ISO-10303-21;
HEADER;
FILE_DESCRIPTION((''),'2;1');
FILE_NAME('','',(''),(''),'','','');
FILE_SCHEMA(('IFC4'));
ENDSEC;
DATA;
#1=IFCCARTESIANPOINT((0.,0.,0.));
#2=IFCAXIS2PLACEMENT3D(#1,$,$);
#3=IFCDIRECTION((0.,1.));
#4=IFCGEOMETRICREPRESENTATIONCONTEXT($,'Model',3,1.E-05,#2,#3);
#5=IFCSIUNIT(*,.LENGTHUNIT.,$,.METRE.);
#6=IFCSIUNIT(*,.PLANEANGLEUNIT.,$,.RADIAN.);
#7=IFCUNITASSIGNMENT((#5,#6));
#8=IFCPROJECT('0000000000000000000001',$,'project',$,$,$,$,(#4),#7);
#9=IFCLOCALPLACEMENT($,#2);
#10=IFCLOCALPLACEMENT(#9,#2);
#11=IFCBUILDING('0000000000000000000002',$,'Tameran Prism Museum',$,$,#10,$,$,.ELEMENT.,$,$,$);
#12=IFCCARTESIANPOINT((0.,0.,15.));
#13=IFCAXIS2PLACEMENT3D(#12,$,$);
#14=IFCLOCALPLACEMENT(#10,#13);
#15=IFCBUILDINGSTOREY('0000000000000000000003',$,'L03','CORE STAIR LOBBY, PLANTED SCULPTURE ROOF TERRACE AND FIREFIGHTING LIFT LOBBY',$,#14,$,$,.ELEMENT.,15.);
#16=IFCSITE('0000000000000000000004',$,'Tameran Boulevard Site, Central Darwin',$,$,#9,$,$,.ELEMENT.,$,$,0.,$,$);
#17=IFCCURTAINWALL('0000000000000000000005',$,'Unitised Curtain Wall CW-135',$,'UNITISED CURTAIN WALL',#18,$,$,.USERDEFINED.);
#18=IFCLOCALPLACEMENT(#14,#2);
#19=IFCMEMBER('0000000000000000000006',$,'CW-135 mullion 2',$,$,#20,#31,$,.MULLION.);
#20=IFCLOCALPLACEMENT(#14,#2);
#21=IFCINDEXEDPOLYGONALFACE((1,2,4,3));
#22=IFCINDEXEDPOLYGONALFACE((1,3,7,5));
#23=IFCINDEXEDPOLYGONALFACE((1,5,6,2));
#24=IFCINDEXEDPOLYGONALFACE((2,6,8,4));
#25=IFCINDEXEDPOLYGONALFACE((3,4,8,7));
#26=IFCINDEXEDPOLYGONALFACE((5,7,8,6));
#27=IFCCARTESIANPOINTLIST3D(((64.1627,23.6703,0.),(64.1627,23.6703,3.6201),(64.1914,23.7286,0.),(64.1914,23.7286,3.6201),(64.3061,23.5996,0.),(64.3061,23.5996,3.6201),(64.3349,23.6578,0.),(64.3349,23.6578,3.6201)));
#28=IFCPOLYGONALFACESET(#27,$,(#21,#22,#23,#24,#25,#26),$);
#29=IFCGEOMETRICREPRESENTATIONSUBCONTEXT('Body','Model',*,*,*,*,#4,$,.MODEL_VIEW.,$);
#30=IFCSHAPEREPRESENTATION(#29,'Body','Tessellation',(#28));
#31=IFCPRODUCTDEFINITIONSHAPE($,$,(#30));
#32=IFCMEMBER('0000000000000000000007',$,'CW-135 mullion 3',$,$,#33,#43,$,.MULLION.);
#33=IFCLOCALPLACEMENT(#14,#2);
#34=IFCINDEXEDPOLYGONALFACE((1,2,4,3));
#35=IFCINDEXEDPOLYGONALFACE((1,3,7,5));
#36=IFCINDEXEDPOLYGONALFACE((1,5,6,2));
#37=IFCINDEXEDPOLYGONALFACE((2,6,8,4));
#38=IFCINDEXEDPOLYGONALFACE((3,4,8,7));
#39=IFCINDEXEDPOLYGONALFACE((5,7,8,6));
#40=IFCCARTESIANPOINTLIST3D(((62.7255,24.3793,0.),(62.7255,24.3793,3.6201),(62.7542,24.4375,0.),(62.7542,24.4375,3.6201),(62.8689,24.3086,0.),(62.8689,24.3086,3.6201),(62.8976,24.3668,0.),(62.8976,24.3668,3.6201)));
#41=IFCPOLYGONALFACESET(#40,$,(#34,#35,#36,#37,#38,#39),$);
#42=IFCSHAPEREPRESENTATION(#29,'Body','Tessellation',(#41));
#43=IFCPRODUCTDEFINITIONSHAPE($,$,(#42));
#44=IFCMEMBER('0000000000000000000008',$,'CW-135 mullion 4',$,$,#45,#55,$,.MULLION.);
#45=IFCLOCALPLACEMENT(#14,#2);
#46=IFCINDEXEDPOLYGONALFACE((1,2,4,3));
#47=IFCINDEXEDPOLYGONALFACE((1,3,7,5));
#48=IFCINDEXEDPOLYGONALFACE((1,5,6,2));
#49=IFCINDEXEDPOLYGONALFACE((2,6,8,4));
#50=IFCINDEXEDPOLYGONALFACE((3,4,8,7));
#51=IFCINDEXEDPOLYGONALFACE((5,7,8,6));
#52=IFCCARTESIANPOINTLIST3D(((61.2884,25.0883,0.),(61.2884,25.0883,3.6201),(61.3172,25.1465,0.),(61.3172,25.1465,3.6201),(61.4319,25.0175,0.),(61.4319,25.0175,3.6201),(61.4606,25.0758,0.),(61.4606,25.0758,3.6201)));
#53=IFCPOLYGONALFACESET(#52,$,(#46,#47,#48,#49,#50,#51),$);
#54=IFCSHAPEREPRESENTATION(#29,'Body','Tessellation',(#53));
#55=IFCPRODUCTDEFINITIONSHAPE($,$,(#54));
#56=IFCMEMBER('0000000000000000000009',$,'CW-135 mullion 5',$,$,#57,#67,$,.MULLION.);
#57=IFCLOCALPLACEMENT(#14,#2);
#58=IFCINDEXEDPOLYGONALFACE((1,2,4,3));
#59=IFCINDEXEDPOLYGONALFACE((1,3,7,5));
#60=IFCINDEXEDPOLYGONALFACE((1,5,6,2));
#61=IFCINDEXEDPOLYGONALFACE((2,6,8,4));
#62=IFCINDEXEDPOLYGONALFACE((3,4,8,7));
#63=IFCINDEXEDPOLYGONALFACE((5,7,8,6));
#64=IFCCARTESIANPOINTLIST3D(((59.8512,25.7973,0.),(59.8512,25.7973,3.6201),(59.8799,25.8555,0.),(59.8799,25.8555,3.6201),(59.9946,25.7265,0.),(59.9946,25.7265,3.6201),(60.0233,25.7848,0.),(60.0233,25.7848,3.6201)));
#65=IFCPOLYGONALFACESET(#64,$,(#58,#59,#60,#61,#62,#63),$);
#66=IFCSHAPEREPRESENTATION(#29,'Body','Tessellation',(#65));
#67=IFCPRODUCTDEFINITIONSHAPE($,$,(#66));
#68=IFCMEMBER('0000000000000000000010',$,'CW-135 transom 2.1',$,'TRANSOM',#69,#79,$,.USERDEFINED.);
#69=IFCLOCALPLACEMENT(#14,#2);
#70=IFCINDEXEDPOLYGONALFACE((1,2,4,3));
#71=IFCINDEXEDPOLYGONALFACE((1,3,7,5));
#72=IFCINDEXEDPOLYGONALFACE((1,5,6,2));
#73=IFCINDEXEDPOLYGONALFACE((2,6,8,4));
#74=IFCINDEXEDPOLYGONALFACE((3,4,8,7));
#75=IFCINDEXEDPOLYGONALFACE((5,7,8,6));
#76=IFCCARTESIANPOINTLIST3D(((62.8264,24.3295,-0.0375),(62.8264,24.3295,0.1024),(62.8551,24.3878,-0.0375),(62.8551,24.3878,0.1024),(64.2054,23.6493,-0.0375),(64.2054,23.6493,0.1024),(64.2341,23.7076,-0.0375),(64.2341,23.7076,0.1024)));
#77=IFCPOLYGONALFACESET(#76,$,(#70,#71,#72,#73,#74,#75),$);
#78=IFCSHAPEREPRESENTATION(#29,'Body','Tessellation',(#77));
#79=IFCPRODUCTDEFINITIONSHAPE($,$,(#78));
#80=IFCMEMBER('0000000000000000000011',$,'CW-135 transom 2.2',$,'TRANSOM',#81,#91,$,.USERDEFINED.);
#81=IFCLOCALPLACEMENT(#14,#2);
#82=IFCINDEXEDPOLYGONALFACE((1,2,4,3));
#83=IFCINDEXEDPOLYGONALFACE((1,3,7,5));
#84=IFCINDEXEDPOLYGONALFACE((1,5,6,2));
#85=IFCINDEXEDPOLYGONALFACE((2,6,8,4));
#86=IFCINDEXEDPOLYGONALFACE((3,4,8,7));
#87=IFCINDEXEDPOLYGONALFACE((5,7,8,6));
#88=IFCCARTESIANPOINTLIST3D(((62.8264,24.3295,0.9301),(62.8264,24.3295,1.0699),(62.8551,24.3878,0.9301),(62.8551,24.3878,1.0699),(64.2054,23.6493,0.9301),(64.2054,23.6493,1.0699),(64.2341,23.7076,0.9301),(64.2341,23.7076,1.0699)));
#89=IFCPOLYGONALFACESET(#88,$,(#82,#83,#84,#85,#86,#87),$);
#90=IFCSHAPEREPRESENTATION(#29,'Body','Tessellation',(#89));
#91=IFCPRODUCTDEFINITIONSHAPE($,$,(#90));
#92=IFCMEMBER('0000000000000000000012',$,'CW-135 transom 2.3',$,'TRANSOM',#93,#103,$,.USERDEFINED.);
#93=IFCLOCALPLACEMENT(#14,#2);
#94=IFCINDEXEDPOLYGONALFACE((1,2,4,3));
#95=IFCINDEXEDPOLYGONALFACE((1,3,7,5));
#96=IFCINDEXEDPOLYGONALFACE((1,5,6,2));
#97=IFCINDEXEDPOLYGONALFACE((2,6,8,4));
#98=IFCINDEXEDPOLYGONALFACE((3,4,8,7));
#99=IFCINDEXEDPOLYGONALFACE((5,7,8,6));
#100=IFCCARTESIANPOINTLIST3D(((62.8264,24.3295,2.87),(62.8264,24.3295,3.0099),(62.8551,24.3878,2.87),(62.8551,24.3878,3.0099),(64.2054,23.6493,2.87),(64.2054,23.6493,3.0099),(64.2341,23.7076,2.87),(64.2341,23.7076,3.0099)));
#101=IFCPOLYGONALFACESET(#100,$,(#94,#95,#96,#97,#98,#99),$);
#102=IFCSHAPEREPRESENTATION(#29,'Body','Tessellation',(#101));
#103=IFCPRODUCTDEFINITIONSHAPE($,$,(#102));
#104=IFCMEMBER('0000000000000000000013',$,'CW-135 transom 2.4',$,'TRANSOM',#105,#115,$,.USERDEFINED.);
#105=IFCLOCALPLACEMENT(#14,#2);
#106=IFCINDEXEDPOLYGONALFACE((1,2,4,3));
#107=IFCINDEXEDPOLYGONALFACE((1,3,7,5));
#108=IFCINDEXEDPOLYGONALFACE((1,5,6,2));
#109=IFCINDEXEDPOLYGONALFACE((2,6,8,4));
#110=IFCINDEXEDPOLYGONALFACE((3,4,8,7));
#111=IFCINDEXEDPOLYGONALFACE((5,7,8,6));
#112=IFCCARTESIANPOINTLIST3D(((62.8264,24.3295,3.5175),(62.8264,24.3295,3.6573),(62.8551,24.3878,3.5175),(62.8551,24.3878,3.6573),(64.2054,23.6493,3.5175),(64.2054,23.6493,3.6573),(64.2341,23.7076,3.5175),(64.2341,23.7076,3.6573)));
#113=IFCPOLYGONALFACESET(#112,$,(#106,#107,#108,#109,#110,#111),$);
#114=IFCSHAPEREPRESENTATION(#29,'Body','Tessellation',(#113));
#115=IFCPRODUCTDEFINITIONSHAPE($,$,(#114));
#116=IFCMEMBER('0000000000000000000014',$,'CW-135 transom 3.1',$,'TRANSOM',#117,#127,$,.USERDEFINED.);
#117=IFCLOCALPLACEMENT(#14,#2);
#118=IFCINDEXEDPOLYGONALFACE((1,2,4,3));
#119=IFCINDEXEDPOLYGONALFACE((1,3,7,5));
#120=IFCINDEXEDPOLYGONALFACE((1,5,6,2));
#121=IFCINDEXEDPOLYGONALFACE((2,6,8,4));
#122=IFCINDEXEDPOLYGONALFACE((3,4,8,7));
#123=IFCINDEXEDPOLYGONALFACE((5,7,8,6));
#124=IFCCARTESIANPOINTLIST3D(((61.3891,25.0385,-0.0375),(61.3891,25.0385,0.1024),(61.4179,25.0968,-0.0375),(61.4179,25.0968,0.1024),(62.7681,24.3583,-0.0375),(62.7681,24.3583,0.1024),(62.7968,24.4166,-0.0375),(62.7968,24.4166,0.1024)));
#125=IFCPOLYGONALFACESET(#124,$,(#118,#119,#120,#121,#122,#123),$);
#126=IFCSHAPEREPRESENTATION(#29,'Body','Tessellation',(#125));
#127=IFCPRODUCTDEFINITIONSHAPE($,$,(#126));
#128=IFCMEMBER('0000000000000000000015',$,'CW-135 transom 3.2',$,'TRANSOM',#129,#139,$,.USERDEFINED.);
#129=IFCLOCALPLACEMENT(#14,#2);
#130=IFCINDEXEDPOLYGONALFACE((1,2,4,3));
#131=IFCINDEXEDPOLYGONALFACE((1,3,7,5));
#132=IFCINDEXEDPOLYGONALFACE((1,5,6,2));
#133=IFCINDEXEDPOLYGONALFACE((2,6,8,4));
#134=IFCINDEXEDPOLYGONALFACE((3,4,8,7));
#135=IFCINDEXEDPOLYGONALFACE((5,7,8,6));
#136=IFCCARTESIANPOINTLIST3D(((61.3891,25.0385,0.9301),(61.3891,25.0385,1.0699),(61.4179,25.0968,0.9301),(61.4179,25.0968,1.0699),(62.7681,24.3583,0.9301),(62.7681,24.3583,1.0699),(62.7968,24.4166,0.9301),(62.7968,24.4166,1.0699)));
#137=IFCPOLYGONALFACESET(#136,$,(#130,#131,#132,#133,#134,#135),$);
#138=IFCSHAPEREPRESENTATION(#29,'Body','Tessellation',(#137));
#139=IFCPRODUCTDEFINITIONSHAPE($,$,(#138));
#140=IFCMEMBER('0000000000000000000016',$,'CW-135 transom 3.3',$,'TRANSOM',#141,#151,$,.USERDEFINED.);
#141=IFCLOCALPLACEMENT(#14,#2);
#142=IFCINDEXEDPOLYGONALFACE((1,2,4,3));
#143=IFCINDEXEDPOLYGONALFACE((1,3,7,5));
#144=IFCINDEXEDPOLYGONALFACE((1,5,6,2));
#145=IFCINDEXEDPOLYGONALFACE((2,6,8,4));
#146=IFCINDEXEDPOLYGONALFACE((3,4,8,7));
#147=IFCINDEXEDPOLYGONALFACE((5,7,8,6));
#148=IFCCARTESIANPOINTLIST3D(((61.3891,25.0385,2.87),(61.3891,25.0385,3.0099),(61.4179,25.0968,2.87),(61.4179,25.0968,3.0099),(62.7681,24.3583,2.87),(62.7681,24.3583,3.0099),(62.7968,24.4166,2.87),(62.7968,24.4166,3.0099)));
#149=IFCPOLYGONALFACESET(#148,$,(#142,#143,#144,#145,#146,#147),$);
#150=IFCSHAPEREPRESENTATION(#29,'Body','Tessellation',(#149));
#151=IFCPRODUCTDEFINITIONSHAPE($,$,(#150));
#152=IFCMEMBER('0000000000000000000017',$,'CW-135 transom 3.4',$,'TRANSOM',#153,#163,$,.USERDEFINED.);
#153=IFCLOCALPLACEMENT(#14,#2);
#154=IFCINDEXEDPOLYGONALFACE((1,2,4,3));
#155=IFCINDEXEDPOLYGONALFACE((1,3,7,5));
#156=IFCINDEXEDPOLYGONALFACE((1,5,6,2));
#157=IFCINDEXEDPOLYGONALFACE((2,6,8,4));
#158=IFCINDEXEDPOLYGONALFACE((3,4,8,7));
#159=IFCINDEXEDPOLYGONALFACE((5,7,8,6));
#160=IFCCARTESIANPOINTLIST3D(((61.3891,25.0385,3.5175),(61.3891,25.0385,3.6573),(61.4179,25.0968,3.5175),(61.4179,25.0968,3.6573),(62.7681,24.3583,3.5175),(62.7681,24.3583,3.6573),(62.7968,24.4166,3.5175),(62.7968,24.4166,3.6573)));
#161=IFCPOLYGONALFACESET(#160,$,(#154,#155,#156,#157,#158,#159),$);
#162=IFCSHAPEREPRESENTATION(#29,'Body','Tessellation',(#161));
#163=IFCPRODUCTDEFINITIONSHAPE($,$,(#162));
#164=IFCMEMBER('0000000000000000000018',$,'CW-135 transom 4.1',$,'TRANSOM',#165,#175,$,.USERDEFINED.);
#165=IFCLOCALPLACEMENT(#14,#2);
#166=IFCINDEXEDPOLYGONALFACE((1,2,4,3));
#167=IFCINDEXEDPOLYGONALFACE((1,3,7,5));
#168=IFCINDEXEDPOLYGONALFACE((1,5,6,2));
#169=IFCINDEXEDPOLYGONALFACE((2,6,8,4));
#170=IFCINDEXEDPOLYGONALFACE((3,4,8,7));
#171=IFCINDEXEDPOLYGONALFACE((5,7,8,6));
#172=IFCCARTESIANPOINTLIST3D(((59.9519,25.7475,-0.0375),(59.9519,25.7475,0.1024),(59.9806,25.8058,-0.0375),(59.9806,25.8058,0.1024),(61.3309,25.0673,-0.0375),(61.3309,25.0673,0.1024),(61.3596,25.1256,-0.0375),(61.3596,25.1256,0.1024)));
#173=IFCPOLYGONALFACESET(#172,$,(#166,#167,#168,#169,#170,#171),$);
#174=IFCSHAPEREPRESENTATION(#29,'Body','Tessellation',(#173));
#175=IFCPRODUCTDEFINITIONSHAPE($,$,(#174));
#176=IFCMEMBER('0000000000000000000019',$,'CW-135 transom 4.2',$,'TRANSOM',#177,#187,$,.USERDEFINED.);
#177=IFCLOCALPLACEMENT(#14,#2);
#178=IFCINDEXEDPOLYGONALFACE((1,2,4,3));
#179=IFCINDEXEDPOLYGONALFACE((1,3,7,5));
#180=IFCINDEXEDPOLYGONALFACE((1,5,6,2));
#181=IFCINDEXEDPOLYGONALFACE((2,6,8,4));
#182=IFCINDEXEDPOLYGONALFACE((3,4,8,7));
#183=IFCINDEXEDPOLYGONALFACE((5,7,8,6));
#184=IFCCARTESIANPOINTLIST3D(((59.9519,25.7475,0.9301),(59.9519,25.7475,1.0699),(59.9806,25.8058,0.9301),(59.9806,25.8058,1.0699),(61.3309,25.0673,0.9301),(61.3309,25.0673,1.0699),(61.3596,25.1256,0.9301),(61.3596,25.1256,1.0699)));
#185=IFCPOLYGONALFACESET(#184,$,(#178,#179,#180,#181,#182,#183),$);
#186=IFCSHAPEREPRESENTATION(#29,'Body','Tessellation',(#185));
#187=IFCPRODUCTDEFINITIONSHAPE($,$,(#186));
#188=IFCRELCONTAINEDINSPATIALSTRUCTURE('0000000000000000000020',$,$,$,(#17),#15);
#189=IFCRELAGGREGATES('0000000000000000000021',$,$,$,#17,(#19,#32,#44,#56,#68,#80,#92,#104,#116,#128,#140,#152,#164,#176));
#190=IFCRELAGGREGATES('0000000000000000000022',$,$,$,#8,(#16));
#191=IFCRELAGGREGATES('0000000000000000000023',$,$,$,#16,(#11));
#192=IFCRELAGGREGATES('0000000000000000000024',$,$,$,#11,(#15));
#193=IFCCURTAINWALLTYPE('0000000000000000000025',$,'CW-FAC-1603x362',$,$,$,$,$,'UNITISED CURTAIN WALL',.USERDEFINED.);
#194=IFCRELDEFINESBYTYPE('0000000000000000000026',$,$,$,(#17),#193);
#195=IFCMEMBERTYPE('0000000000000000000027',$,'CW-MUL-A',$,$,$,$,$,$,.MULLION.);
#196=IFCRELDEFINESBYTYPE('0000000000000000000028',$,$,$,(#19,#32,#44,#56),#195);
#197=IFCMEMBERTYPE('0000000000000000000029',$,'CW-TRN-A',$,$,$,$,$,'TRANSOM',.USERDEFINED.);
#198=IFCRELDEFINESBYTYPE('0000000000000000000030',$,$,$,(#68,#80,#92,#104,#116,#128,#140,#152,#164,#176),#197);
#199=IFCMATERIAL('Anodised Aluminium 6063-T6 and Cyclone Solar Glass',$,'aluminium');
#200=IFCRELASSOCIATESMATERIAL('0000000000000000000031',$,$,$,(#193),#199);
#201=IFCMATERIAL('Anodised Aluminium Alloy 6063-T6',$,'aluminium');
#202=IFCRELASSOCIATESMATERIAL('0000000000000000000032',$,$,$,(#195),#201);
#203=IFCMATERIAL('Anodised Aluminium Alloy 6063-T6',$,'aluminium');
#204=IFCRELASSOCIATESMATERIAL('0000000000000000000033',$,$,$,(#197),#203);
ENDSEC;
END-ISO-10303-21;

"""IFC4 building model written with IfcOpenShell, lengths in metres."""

from ifc_helpers import new_model, si_unit, direction, frame, origin, origin_2d, place, context, subcontext, project, spatial, rectangle, extrude, material, material_profile, profile_set, type_object, element, aggregate, save


model = new_model("IFC4")

# Units and contexts
model_context = context("Model", 3, precision=1e-05, world=origin(), true_north=direction((0.0, 1.0)))
body_context = subcontext(model_context, "Body", "Model", "MODEL_VIEW")
ifc_project = project(units=[si_unit("LENGTHUNIT", "METRE"), si_unit("PLANEANGLEUNIT", "RADIAN")], contexts=[model_context])

# Site, building, storey
site_placement = place(None, origin())
site = spatial("IfcSite", under=ifc_project, at=site_placement, Name="Tameran Boulevard Site, Central Darwin", CompositionType="ELEMENT", RefElevation=0.0)
building_placement = place(site_placement, origin())
building = spatial("IfcBuilding", under=site, at=building_placement, Name="Tameran Prism Museum", CompositionType="ELEMENT")
storey_placement = place(building_placement, frame((0.0, 0.0, 15.0)))
storey = spatial("IfcBuildingStorey", under=building, at=storey_placement, Name="L03", Description="CORE STAIR LOBBY, PLANTED SCULPTURE ROOF TERRACE AND FIREFIGHTING LIFT LOBBY", CompositionType="ELEMENT", Elevation=15.0)

# Curtain wall, members
ifc_material_1 = material(Name="Anodised Aluminium 6063-T6 and Cyclone Solar Glass", Category="aluminium")
curtain_wall_type = type_object("IfcCurtainWallType", Name="CW-FAC-1603x362", ElementType="UNITISED CURTAIN WALL", PredefinedType="USERDEFINED", material=ifc_material_1)
curtain_wall_placement = place(storey_placement, origin())
curtain_wall = element("IfcCurtainWall", 1, at=curtain_wall_placement, inside=storey, type_object=curtain_wall_type, Name="Unitised Curtain Wall CW-135", ObjectType="UNITISED CURTAIN WALL", PredefinedType="USERDEFINED")
ifc_material_2 = material(Name="Anodised Aluminium Alloy 6063-T6", Category="aluminium")
ifc_material_profile_1 = material_profile(ifc_material_2, rectangle(XDim=0.0649, YDim=0.1599, at=origin_2d()))
ifc_profile_set_1 = profile_set([ifc_material_profile_1])
member_type_1 = type_object("IfcMemberType", Name="CW-MUL-A", PredefinedType="MULLION", material=ifc_profile_set_1)
member_1_placement = place(storey_placement, frame((64.2488, 23.6641, 0.0), z_axis=(0.0, 0.0, 1.0), x_axis=(-0.442415, -0.896811, 0.0)))
member_1 = element("IfcMember", 2, at=member_1_placement, type_object=member_type_1, Name="CW-135 mullion 2", PredefinedType="MULLION", context=body_context, shape_type="SweptSolid", body=[
    extrude(rectangle(XDim=0.0649, YDim=0.1599, at=origin_2d()), origin(), (0.0, 0.0, 1.0), 3.6201),
])
member_2_placement = place(storey_placement, frame((62.8115, 24.373, 0.0), z_axis=(0.0, 0.0, 1.0), x_axis=(-0.442415, -0.896811, 0.0)))
member_2 = element("IfcMember", 3, at=member_2_placement, type_object=member_type_1, Name="CW-135 mullion 3", PredefinedType="MULLION", context=body_context, shape_type="SweptSolid", body=[
    extrude(rectangle(XDim=0.0649, YDim=0.1599, at=origin_2d()), origin(), (0.0, 0.0, 1.0), 3.6201),
])
member_3_placement = place(storey_placement, frame((61.3745, 25.082, 0.0), z_axis=(0.0, 0.0, 1.0), x_axis=(-0.442415, -0.896811, 0.0)))
member_3 = element("IfcMember", 4, at=member_3_placement, type_object=member_type_1, Name="CW-135 mullion 4", PredefinedType="MULLION", context=body_context, shape_type="SweptSolid", body=[
    extrude(rectangle(XDim=0.0649, YDim=0.1599, at=origin_2d()), origin(), (0.0, 0.0, 1.0), 3.6201),
])
member_4_placement = place(storey_placement, frame((59.9373, 25.791, 0.0), z_axis=(0.0, 0.0, 1.0), x_axis=(-0.442415, -0.896811, 0.0)))
member_4 = element("IfcMember", 5, at=member_4_placement, type_object=member_type_1, Name="CW-135 mullion 5", PredefinedType="MULLION", context=body_context, shape_type="SweptSolid", body=[
    extrude(rectangle(XDim=0.0649, YDim=0.1599, at=origin_2d()), origin(), (0.0, 0.0, 1.0), 3.6201),
])
ifc_material_3 = material(Name="Anodised Aluminium Alloy 6063-T6", Category="aluminium")
ifc_material_profile_2 = material_profile(ifc_material_3, rectangle(XDim=0.0649, YDim=0.1399, at=origin_2d()))
ifc_profile_set_2 = profile_set([ifc_material_profile_2])
member_type_2 = type_object("IfcMemberType", Name="CW-TRN-A", ElementType="TRANSOM", PredefinedType="USERDEFINED", material=ifc_profile_set_2)
member_5_placement = place(storey_placement, frame((64.2197, 23.6785, 0.0325), z_axis=(-0.896828, 0.44238, 0.0), x_axis=(-0.44238, -0.896828, 0.0)))
member_5 = element("IfcMember", 6, at=member_5_placement, type_object=member_type_2, Name="CW-135 transom 2.1", ObjectType="TRANSOM", PredefinedType="USERDEFINED", context=body_context, shape_type="SweptSolid", body=[
    extrude(rectangle(XDim=0.0649, YDim=0.1399, at=origin_2d()), origin(), (0.0, 0.0, 1.0), 1.5376),
])
member_6_placement = place(storey_placement, frame((64.2197, 23.6785, 1.0), z_axis=(-0.896828, 0.44238, 0.0), x_axis=(-0.44238, -0.896828, 0.0)))
member_6 = element("IfcMember", 7, at=member_6_placement, type_object=member_type_2, Name="CW-135 transom 2.2", ObjectType="TRANSOM", PredefinedType="USERDEFINED", context=body_context, shape_type="SweptSolid", body=[
    extrude(rectangle(XDim=0.0649, YDim=0.1399, at=origin_2d()), origin(), (0.0, 0.0, 1.0), 1.5376),
])
member_7_placement = place(storey_placement, frame((64.2197, 23.6785, 2.9399), z_axis=(-0.896828, 0.44238, 0.0), x_axis=(-0.44238, -0.896828, 0.0)))
member_7 = element("IfcMember", 8, at=member_7_placement, type_object=member_type_2, Name="CW-135 transom 2.3", ObjectType="TRANSOM", PredefinedType="USERDEFINED", context=body_context, shape_type="SweptSolid", body=[
    extrude(rectangle(XDim=0.0649, YDim=0.1399, at=origin_2d()), origin(), (0.0, 0.0, 1.0), 1.5376),
])
member_8_placement = place(storey_placement, frame((64.2197, 23.6785, 3.5874), z_axis=(-0.896828, 0.44238, 0.0), x_axis=(-0.44238, -0.896828, 0.0)))
member_8 = element("IfcMember", 9, at=member_8_placement, type_object=member_type_2, Name="CW-135 transom 2.4", ObjectType="TRANSOM", PredefinedType="USERDEFINED", context=body_context, shape_type="SweptSolid", body=[
    extrude(rectangle(XDim=0.0649, YDim=0.1399, at=origin_2d()), origin(), (0.0, 0.0, 1.0), 1.5376),
])
member_9_placement = place(storey_placement, frame((62.7825, 24.3875, 0.0325), z_axis=(-0.896828, 0.44238, 0.0), x_axis=(-0.44238, -0.896828, 0.0)))
member_9 = element("IfcMember", 10, at=member_9_placement, type_object=member_type_2, Name="CW-135 transom 3.1", ObjectType="TRANSOM", PredefinedType="USERDEFINED", context=body_context, shape_type="SweptSolid", body=[
    extrude(rectangle(XDim=0.0649, YDim=0.1399, at=origin_2d()), origin(), (0.0, 0.0, 1.0), 1.5376),
])
member_10_placement = place(storey_placement, frame((62.7825, 24.3875, 1.0), z_axis=(-0.896828, 0.44238, 0.0), x_axis=(-0.44238, -0.896828, 0.0)))
member_10 = element("IfcMember", 11, at=member_10_placement, type_object=member_type_2, Name="CW-135 transom 3.2", ObjectType="TRANSOM", PredefinedType="USERDEFINED", context=body_context, shape_type="SweptSolid", body=[
    extrude(rectangle(XDim=0.0649, YDim=0.1399, at=origin_2d()), origin(), (0.0, 0.0, 1.0), 1.5376),
])
member_11_placement = place(storey_placement, frame((62.7825, 24.3875, 2.9399), z_axis=(-0.896828, 0.44238, 0.0), x_axis=(-0.44238, -0.896828, 0.0)))
member_11 = element("IfcMember", 12, at=member_11_placement, type_object=member_type_2, Name="CW-135 transom 3.3", ObjectType="TRANSOM", PredefinedType="USERDEFINED", context=body_context, shape_type="SweptSolid", body=[
    extrude(rectangle(XDim=0.0649, YDim=0.1399, at=origin_2d()), origin(), (0.0, 0.0, 1.0), 1.5376),
])
member_12_placement = place(storey_placement, frame((62.7825, 24.3875, 3.5874), z_axis=(-0.896828, 0.44238, 0.0), x_axis=(-0.44238, -0.896828, 0.0)))
member_12 = element("IfcMember", 13, at=member_12_placement, type_object=member_type_2, Name="CW-135 transom 3.4", ObjectType="TRANSOM", PredefinedType="USERDEFINED", context=body_context, shape_type="SweptSolid", body=[
    extrude(rectangle(XDim=0.0649, YDim=0.1399, at=origin_2d()), origin(), (0.0, 0.0, 1.0), 1.5376),
])
member_13_placement = place(storey_placement, frame((61.3452, 25.0964, 0.0325), z_axis=(-0.896828, 0.44238, 0.0), x_axis=(-0.44238, -0.896828, 0.0)))
member_13 = element("IfcMember", 14, at=member_13_placement, type_object=member_type_2, Name="CW-135 transom 4.1", ObjectType="TRANSOM", PredefinedType="USERDEFINED", context=body_context, shape_type="SweptSolid", body=[
    extrude(rectangle(XDim=0.0649, YDim=0.1399, at=origin_2d()), origin(), (0.0, 0.0, 1.0), 1.5376),
])
member_14_placement = place(storey_placement, frame((61.3452, 25.0964, 1.0), z_axis=(-0.896828, 0.44238, 0.0), x_axis=(-0.44238, -0.896828, 0.0)))
member_14 = element("IfcMember", 15, at=member_14_placement, type_object=member_type_2, Name="CW-135 transom 4.2", ObjectType="TRANSOM", PredefinedType="USERDEFINED", context=body_context, shape_type="SweptSolid", body=[
    extrude(rectangle(XDim=0.0649, YDim=0.1399, at=origin_2d()), origin(), (0.0, 0.0, 1.0), 1.5376),
])
aggregate(curtain_wall, [member_1, member_2, member_3, member_4, member_5, member_6, member_7, member_8, member_9, member_10, member_11, member_12, member_13, member_14])

save(model, "model.ifc")
